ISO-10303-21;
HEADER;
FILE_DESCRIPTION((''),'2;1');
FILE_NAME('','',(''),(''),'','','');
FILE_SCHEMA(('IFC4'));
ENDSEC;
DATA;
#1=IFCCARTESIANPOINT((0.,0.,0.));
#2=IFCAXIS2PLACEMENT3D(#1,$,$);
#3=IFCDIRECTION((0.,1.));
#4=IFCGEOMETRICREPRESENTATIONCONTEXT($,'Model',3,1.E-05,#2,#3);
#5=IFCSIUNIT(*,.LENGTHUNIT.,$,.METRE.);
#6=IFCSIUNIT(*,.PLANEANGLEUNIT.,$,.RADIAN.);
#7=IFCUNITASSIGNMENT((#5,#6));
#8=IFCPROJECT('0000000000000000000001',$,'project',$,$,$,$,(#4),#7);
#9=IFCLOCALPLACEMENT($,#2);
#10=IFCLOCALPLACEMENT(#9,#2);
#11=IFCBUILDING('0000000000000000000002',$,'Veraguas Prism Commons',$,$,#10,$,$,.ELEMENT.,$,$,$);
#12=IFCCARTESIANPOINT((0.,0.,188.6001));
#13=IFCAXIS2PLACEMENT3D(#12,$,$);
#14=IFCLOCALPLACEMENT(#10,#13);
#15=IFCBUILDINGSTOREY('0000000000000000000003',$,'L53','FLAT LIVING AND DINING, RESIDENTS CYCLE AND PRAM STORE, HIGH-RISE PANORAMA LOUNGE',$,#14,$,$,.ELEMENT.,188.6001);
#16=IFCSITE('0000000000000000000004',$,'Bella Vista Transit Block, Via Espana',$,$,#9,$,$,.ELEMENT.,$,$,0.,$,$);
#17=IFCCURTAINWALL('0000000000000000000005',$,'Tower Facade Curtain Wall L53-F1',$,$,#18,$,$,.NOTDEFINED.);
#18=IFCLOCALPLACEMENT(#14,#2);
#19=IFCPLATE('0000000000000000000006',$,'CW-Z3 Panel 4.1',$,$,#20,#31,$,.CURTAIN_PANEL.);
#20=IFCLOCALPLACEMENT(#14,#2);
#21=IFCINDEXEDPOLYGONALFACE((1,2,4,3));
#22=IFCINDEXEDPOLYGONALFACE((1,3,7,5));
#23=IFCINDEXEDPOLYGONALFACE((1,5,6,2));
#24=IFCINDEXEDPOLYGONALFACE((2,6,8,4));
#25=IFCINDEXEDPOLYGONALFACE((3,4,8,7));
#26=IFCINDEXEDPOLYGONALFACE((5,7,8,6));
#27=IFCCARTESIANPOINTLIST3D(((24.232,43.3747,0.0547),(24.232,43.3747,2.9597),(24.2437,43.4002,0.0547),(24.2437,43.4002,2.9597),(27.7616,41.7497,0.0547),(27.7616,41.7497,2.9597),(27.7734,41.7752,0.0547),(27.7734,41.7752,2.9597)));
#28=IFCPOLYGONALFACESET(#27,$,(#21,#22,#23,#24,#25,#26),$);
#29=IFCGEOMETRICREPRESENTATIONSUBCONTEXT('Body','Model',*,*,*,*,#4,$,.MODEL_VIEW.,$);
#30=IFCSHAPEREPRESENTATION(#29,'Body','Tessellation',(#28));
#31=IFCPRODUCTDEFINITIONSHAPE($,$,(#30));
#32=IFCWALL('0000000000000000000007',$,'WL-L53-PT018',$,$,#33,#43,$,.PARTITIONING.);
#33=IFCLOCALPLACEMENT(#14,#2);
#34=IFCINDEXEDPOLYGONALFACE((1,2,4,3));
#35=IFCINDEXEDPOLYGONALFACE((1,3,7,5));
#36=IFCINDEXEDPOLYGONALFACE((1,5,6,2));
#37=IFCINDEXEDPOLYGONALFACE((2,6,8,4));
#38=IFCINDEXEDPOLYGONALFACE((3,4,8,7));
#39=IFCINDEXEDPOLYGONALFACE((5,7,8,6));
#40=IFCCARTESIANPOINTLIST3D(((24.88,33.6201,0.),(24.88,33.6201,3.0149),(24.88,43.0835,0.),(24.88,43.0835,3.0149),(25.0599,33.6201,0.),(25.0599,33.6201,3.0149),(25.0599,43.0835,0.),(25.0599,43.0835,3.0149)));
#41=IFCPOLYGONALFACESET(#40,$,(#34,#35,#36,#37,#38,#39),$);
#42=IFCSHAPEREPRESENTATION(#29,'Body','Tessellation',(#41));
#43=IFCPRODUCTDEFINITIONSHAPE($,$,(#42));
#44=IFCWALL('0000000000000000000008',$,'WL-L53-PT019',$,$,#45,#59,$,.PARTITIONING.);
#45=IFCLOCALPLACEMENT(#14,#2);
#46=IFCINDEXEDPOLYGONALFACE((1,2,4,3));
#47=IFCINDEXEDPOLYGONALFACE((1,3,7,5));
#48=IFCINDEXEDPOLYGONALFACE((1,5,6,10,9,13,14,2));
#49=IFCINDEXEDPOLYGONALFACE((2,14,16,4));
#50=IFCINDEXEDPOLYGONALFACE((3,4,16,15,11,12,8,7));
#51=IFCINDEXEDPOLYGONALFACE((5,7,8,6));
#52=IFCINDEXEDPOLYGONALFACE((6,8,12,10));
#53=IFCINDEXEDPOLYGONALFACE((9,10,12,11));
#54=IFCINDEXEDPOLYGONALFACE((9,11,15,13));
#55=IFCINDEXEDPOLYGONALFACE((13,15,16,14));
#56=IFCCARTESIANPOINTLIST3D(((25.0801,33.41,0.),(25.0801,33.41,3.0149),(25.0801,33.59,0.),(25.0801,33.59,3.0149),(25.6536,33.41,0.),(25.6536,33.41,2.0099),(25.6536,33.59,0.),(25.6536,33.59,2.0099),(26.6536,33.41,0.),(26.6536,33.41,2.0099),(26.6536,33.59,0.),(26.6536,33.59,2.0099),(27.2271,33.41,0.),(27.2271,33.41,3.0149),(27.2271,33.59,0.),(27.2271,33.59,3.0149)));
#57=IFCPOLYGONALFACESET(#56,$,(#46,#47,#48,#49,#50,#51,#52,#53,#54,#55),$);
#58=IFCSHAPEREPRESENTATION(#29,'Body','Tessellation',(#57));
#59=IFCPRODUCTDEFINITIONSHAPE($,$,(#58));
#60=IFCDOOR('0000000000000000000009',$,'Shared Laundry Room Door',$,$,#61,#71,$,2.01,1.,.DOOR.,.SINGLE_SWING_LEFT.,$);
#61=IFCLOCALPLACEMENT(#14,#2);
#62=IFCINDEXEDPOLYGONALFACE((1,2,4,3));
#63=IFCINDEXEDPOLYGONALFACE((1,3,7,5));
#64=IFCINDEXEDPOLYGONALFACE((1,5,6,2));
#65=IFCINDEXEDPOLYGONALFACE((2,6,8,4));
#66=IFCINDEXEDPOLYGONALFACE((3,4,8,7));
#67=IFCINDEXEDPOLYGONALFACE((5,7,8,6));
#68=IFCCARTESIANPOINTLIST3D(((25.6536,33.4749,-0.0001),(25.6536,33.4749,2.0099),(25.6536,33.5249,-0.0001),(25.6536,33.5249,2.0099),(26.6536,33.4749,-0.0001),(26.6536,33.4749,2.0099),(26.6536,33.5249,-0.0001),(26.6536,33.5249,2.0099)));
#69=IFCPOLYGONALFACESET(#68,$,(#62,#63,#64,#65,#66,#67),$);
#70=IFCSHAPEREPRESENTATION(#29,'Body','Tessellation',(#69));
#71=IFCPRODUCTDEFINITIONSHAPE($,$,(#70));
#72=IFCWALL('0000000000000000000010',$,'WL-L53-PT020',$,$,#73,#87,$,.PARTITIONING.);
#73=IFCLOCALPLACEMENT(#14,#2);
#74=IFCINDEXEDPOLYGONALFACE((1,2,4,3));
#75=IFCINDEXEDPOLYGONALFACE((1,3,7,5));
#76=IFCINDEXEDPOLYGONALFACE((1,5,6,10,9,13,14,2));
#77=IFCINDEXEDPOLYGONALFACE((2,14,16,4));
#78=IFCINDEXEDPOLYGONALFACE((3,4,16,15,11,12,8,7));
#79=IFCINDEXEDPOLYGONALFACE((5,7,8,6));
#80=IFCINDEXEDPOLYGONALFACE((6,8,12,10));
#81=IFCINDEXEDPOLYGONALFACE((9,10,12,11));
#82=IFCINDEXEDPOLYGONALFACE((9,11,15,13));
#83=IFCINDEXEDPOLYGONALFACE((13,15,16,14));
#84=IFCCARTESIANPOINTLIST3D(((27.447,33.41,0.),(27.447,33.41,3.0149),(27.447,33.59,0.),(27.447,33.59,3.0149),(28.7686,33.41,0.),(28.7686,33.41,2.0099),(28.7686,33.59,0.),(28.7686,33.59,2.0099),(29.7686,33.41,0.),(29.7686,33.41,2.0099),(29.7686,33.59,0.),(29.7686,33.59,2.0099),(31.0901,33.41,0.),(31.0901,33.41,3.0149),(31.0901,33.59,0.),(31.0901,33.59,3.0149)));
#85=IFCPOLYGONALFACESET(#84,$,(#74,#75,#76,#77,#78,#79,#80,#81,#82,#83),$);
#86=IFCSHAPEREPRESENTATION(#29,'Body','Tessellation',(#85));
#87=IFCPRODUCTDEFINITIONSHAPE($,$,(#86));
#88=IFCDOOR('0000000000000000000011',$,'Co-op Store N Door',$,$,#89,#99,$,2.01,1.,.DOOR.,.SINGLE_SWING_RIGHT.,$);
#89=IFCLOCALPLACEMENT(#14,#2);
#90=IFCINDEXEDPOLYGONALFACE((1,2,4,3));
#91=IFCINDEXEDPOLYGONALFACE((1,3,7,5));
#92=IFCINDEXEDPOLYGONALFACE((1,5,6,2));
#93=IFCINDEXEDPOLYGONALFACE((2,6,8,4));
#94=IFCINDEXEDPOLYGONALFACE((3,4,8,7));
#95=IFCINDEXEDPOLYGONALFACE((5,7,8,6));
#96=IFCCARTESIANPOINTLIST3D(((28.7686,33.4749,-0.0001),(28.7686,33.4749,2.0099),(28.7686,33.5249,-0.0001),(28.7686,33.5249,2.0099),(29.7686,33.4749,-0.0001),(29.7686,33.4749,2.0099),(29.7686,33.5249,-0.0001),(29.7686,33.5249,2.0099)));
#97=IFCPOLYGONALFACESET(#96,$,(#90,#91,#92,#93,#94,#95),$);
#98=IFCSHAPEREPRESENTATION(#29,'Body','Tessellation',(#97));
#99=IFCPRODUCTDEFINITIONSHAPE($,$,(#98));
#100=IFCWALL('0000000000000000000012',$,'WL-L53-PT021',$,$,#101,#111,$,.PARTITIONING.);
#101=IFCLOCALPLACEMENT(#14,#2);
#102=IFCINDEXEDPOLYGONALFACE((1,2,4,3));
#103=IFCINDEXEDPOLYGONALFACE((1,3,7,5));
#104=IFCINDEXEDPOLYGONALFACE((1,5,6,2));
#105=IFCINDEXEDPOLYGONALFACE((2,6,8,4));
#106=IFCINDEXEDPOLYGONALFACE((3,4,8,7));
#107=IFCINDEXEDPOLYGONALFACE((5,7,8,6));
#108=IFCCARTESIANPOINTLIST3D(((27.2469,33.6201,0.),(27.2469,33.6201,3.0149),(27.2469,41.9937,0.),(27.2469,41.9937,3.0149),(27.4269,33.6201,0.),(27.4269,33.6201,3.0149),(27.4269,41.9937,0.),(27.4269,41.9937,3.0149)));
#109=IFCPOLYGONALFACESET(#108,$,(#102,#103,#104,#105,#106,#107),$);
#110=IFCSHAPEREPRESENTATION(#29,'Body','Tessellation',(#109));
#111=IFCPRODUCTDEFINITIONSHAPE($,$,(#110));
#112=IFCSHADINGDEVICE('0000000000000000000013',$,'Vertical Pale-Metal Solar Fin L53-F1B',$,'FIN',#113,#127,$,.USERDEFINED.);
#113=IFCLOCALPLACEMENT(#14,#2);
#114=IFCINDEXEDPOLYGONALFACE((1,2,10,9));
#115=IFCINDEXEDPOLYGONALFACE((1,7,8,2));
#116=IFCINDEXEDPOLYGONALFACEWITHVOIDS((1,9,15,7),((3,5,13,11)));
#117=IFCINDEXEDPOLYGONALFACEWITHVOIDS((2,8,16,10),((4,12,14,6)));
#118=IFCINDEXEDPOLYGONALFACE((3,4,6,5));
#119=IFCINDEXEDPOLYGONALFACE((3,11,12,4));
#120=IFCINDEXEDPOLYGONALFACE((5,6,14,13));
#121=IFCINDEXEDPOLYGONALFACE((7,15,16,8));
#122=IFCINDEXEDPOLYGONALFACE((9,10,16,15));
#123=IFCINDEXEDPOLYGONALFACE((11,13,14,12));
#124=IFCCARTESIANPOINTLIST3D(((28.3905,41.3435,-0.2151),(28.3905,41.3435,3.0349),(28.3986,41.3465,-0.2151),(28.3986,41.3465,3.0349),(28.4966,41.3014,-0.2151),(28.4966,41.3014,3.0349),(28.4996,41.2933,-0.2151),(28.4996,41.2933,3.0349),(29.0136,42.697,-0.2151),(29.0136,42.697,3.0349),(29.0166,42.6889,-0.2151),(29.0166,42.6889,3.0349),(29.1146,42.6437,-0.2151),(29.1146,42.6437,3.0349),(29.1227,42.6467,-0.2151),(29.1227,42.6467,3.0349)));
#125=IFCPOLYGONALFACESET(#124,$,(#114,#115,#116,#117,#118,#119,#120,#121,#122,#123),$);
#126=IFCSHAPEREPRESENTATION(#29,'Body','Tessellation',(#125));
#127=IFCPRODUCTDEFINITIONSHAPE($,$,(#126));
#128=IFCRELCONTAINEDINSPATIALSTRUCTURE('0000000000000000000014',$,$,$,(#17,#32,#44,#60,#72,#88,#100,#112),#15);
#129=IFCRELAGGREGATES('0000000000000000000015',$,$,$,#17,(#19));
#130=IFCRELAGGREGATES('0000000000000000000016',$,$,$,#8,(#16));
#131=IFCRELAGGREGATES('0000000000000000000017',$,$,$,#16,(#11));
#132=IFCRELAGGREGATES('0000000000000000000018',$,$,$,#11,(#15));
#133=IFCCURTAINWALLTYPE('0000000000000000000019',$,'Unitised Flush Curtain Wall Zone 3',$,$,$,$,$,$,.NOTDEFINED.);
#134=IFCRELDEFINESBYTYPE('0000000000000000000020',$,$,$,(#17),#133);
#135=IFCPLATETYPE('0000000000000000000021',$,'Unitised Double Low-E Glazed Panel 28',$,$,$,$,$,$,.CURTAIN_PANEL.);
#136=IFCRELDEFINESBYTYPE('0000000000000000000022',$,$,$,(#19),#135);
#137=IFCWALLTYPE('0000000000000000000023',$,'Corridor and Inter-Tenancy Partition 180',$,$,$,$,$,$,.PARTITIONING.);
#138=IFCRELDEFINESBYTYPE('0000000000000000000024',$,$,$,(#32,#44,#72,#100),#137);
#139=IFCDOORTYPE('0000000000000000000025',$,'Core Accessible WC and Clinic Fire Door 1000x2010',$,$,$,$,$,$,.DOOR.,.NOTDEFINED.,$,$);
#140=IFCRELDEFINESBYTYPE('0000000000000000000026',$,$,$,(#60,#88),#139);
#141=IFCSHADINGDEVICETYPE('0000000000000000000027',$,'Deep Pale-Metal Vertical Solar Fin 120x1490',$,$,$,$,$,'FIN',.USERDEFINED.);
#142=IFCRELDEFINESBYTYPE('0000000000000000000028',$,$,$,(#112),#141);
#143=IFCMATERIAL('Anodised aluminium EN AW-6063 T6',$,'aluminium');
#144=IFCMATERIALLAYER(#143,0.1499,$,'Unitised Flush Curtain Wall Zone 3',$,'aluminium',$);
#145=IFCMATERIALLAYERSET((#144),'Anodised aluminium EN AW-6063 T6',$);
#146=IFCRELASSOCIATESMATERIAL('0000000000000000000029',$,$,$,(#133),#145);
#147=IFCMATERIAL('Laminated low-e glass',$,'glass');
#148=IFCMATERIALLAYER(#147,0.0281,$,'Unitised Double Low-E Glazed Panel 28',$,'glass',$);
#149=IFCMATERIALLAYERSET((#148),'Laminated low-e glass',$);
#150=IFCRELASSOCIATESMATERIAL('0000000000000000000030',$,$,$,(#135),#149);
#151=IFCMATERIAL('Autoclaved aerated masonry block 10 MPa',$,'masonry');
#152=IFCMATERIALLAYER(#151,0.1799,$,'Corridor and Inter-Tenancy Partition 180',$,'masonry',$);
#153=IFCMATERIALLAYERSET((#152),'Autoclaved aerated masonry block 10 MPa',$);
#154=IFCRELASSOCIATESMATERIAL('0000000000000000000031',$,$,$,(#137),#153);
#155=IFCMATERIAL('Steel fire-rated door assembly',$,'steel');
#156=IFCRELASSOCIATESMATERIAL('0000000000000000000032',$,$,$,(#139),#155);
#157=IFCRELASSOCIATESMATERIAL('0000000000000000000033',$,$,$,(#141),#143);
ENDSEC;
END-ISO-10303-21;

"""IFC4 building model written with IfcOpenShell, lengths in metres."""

from ifc_helpers import new_model, si_unit, direction, frame, frame_2d, origin, origin_2d, place, context, subcontext, project, spatial, rectangle, hollow_rectangle, extrude, source, transform, mapped, material, layer, layer_set, material_profile, profile_set, type_object, element, fill, aggregate, save


model = new_model("IFC4")

# Units and contexts
model_context = context("Model", 3, precision=1e-05, world=origin(), true_north=direction((0.0, 1.0)))
body_context = subcontext(model_context, "Body", "Model", "MODEL_VIEW")
ifc_project = project(units=[si_unit("LENGTHUNIT", "METRE"), si_unit("PLANEANGLEUNIT", "RADIAN")], contexts=[model_context])

# Site, building, storey
site_placement = place(None, origin())
site = spatial("IfcSite", under=ifc_project, at=site_placement, Name="Bella Vista Transit Block, Via Espana", CompositionType="ELEMENT", RefElevation=0.0)
building_placement = place(site_placement, origin())
building = spatial("IfcBuilding", under=site, at=building_placement, Name="Veraguas Prism Commons", CompositionType="ELEMENT")
storey_placement = place(building_placement, frame((0.0, 0.0, 188.6001)))
storey = spatial("IfcBuildingStorey", under=building, at=storey_placement, Name="L53", Description="FLAT LIVING AND DINING, RESIDENTS CYCLE AND PRAM STORE, HIGH-RISE PANORAMA LOUNGE", CompositionType="ELEMENT", Elevation=188.6001)

# Curtain wall
ifc_material_1 = material(Name="Anodised aluminium EN AW-6063 T6", Category="aluminium")
ifc_layer_1 = layer(ifc_material_1, 0.1499, Name="Unitised Flush Curtain Wall Zone 3", Category="aluminium")
ifc_layer_set_1 = layer_set([ifc_layer_1], Name="Anodised aluminium EN AW-6063 T6")
curtain_wall_type = type_object("IfcCurtainWallType", Name="Unitised Flush Curtain Wall Zone 3", PredefinedType="NOTDEFINED", material=ifc_layer_set_1)
curtain_wall_1_placement = place(storey_placement, origin())
curtain_wall_1 = element("IfcCurtainWall", 1, at=curtain_wall_1_placement, inside=storey, type_object=curtain_wall_type, Name="Tower Facade Curtain Wall L53-F1", PredefinedType="NOTDEFINED")

# Plate
ifc_material_2 = material(Name="Laminated low-e glass", Category="glass")
ifc_layer_2 = layer(ifc_material_2, 0.0281, Name="Unitised Double Low-E Glazed Panel 28", Category="glass")
ifc_layer_set_2 = layer_set([ifc_layer_2], Name="Laminated low-e glass")
plate_type = type_object("IfcPlateType", Name="Unitised Double Low-E Glazed Panel 28", PredefinedType="CURTAIN_PANEL", material=ifc_layer_set_2)
shared_shape_1 = source(origin(), body_context, "Body", "SweptSolid", [
    extrude(rectangle(XDim=3.8857, YDim=0.0281, at=origin_2d()), origin(), (0.0, 0.0, 1.0), 2.905),
])
plate_placement = place(storey_placement, frame((26.0027, 42.575, 0.0547), z_axis=(0.0, 0.0, 1.0), x_axis=(-0.908362, 0.418186, 0.0)))
plate = element("IfcPlate", 2, at=plate_placement, type_object=plate_type, Name="CW-Z3 Panel 4.1", PredefinedType="CURTAIN_PANEL", context=body_context, shape_type="MappedRepresentation", body=[
    mapped(shared_shape_1, transform((0.0, 0.0, 0.0), scale=1.0)),
])
aggregate(curtain_wall_1, [plate])

# Wall
ifc_material_3 = material(Name="Autoclaved aerated masonry block 10 MPa", Category="masonry")
ifc_layer_3 = layer(ifc_material_3, 0.1799, Name="Corridor and Inter-Tenancy Partition 180", Category="masonry")
ifc_layer_set_3 = layer_set([ifc_layer_3], Name="Autoclaved aerated masonry block 10 MPa")
wall_type = type_object("IfcWallType", Name="Corridor and Inter-Tenancy Partition 180", PredefinedType="PARTITIONING", material=ifc_layer_set_3)
wall_1_placement = place(storey_placement, frame((24.97, 33.6201, 0.0), z_axis=(0.0, 0.0, 1.0), x_axis=(0.0, 1.0, 0.0)))
element("IfcWall", 3, at=wall_1_placement, inside=storey, type_object=wall_type, Name="WL-L53-PT018", PredefinedType="PARTITIONING", context=body_context, shape_type="SweptSolid", body=[
    extrude(rectangle(XDim=9.4634, YDim=0.1799, at=frame_2d((4.7317, 0.0))), origin(), (0.0, 0.0, 1.0), 3.0149),
])

# Walls, openings, doors
wall_2_placement = place(storey_placement, frame((25.0801, 33.5, 0.0), z_axis=(0.0, 0.0, 1.0), x_axis=(1.0, 0.0, 0.0)))
wall_2 = element("IfcWall", 4, at=wall_2_placement, inside=storey, type_object=wall_type, Name="WL-L53-PT019", PredefinedType="PARTITIONING", context=body_context, shape_type="SweptSolid", body=[
    extrude(rectangle(XDim=2.147, YDim=0.1799, at=frame_2d((1.0735, 0.0))), origin(), (0.0, 0.0, 1.0), 3.0149),
])
opening_1_placement = place(wall_2_placement, frame((0.5735, 0.0, 0.0)))
opening_1 = element("IfcOpeningElement", 5, at=opening_1_placement, cuts=wall_2, PredefinedType="OPENING", context=body_context, shape_type="SweptSolid", body=[
    extrude(rectangle(XDim=1.0, YDim=2.01, at=frame_2d((0.5, 1.0049))), frame((0.0, 0.0999, 0.0), z_axis=(0.0, -1.0, 0.0), x_axis=(1.0, 0.0, 0.0)), (0.0, 0.0, 1.0), 0.2),
])
ifc_material_4 = material(Name="Steel fire-rated door assembly", Category="steel")
door_type = type_object("IfcDoorType", Name="Core Accessible WC and Clinic Fire Door 1000x2010", OperationType="NOTDEFINED", PredefinedType="DOOR", material=ifc_material_4)
shared_shape_2 = source(origin(), body_context, "Body", "SweptSolid", [
    extrude(rectangle(XDim=1.0, YDim=2.01, at=frame_2d((0.5, 1.0049))), frame((0.0, 0.0249, 0.0), z_axis=(0.0, -1.0, 0.0), x_axis=(1.0, 0.0, 0.0)), (0.0, 0.0, 1.0), 0.05),
])
door_1_placement = place(opening_1_placement, origin())
door_1 = element("IfcDoor", 6, at=door_1_placement, inside=storey, type_object=door_type, Name="Shared Laundry Room Door", OperationType="SINGLE_SWING_LEFT", OverallHeight=2.01, OverallWidth=1.0, PredefinedType="DOOR", context=body_context, shape_type="MappedRepresentation", body=[
    mapped(shared_shape_2, transform((0.0, 0.0, 0.0), scale=1.0)),
])
fill(opening_1, door_1)
wall_3_placement = place(storey_placement, frame((27.447, 33.5, 0.0), z_axis=(0.0, 0.0, 1.0), x_axis=(1.0, 0.0, 0.0)))
wall_3 = element("IfcWall", 7, at=wall_3_placement, inside=storey, type_object=wall_type, Name="WL-L53-PT020", PredefinedType="PARTITIONING", context=body_context, shape_type="SweptSolid", body=[
    extrude(rectangle(XDim=3.6431, YDim=0.1799, at=frame_2d((1.8215, 0.0))), origin(), (0.0, 0.0, 1.0), 3.0149),
])
opening_2_placement = place(wall_3_placement, frame((1.3215, 0.0, 0.0)))
opening_2 = element("IfcOpeningElement", 8, at=opening_2_placement, cuts=wall_3, PredefinedType="OPENING", context=body_context, shape_type="SweptSolid", body=[
    extrude(rectangle(XDim=1.0, YDim=2.01, at=frame_2d((0.5, 1.0049))), frame((0.0, 0.0999, 0.0), z_axis=(0.0, -1.0, 0.0), x_axis=(1.0, 0.0, 0.0)), (0.0, 0.0, 1.0), 0.2),
])
door_2_placement = place(opening_2_placement, origin())
door_2 = element("IfcDoor", 9, at=door_2_placement, inside=storey, type_object=door_type, Name="Co-op Store N Door", OperationType="SINGLE_SWING_RIGHT", OverallHeight=2.01, OverallWidth=1.0, PredefinedType="DOOR", context=body_context, shape_type="MappedRepresentation", body=[
    mapped(shared_shape_2, transform((0.0, 0.0, 0.0), scale=1.0)),
])
fill(opening_2, door_2)

# Wall
wall_4_placement = place(storey_placement, frame((27.3369, 33.6201, 0.0), z_axis=(0.0, 0.0, 1.0), x_axis=(0.0, 1.0, 0.0)))
element("IfcWall", 10, at=wall_4_placement, inside=storey, type_object=wall_type, Name="WL-L53-PT021", PredefinedType="PARTITIONING", context=body_context, shape_type="SweptSolid", body=[
    extrude(rectangle(XDim=8.3735, YDim=0.1799, at=frame_2d((4.1868, 0.0))), origin(), (0.0, 0.0, 1.0), 3.0149),
])

# Shading device
ifc_material_profile_1 = material_profile(ifc_material_1, hollow_rectangle(XDim=0.1201, YDim=1.49, WallThickness=0.0061, at=origin_2d()), Name="FIN120X1490X6")
ifc_profile_set_1 = profile_set([ifc_material_profile_1], Name="Anodised aluminium EN AW-6063 T6")
shading_device_type = type_object("IfcShadingDeviceType", Name="Deep Pale-Metal Vertical Solar Fin 120x1490", ElementType="FIN", PredefinedType="USERDEFINED", material=ifc_profile_set_1)
shading_device_placement = place(storey_placement, frame((28.7566, 41.9951, -0.2151), z_axis=(0.0, 0.0, 1.0), x_axis=(-0.908361, 0.418187, 0.0)))
element("IfcShadingDevice", 11, at=shading_device_placement, inside=storey, type_object=shading_device_type, Name="Vertical Pale-Metal Solar Fin L53-F1B", ObjectType="FIN", PredefinedType="USERDEFINED", context=body_context, shape_type="SweptSolid", body=[
    extrude(hollow_rectangle(XDim=0.1201, YDim=1.49, WallThickness=0.0061, at=origin_2d()), origin(), (0.0, 0.0, 1.0), 3.25),
])

save(model, "model.ifc")
